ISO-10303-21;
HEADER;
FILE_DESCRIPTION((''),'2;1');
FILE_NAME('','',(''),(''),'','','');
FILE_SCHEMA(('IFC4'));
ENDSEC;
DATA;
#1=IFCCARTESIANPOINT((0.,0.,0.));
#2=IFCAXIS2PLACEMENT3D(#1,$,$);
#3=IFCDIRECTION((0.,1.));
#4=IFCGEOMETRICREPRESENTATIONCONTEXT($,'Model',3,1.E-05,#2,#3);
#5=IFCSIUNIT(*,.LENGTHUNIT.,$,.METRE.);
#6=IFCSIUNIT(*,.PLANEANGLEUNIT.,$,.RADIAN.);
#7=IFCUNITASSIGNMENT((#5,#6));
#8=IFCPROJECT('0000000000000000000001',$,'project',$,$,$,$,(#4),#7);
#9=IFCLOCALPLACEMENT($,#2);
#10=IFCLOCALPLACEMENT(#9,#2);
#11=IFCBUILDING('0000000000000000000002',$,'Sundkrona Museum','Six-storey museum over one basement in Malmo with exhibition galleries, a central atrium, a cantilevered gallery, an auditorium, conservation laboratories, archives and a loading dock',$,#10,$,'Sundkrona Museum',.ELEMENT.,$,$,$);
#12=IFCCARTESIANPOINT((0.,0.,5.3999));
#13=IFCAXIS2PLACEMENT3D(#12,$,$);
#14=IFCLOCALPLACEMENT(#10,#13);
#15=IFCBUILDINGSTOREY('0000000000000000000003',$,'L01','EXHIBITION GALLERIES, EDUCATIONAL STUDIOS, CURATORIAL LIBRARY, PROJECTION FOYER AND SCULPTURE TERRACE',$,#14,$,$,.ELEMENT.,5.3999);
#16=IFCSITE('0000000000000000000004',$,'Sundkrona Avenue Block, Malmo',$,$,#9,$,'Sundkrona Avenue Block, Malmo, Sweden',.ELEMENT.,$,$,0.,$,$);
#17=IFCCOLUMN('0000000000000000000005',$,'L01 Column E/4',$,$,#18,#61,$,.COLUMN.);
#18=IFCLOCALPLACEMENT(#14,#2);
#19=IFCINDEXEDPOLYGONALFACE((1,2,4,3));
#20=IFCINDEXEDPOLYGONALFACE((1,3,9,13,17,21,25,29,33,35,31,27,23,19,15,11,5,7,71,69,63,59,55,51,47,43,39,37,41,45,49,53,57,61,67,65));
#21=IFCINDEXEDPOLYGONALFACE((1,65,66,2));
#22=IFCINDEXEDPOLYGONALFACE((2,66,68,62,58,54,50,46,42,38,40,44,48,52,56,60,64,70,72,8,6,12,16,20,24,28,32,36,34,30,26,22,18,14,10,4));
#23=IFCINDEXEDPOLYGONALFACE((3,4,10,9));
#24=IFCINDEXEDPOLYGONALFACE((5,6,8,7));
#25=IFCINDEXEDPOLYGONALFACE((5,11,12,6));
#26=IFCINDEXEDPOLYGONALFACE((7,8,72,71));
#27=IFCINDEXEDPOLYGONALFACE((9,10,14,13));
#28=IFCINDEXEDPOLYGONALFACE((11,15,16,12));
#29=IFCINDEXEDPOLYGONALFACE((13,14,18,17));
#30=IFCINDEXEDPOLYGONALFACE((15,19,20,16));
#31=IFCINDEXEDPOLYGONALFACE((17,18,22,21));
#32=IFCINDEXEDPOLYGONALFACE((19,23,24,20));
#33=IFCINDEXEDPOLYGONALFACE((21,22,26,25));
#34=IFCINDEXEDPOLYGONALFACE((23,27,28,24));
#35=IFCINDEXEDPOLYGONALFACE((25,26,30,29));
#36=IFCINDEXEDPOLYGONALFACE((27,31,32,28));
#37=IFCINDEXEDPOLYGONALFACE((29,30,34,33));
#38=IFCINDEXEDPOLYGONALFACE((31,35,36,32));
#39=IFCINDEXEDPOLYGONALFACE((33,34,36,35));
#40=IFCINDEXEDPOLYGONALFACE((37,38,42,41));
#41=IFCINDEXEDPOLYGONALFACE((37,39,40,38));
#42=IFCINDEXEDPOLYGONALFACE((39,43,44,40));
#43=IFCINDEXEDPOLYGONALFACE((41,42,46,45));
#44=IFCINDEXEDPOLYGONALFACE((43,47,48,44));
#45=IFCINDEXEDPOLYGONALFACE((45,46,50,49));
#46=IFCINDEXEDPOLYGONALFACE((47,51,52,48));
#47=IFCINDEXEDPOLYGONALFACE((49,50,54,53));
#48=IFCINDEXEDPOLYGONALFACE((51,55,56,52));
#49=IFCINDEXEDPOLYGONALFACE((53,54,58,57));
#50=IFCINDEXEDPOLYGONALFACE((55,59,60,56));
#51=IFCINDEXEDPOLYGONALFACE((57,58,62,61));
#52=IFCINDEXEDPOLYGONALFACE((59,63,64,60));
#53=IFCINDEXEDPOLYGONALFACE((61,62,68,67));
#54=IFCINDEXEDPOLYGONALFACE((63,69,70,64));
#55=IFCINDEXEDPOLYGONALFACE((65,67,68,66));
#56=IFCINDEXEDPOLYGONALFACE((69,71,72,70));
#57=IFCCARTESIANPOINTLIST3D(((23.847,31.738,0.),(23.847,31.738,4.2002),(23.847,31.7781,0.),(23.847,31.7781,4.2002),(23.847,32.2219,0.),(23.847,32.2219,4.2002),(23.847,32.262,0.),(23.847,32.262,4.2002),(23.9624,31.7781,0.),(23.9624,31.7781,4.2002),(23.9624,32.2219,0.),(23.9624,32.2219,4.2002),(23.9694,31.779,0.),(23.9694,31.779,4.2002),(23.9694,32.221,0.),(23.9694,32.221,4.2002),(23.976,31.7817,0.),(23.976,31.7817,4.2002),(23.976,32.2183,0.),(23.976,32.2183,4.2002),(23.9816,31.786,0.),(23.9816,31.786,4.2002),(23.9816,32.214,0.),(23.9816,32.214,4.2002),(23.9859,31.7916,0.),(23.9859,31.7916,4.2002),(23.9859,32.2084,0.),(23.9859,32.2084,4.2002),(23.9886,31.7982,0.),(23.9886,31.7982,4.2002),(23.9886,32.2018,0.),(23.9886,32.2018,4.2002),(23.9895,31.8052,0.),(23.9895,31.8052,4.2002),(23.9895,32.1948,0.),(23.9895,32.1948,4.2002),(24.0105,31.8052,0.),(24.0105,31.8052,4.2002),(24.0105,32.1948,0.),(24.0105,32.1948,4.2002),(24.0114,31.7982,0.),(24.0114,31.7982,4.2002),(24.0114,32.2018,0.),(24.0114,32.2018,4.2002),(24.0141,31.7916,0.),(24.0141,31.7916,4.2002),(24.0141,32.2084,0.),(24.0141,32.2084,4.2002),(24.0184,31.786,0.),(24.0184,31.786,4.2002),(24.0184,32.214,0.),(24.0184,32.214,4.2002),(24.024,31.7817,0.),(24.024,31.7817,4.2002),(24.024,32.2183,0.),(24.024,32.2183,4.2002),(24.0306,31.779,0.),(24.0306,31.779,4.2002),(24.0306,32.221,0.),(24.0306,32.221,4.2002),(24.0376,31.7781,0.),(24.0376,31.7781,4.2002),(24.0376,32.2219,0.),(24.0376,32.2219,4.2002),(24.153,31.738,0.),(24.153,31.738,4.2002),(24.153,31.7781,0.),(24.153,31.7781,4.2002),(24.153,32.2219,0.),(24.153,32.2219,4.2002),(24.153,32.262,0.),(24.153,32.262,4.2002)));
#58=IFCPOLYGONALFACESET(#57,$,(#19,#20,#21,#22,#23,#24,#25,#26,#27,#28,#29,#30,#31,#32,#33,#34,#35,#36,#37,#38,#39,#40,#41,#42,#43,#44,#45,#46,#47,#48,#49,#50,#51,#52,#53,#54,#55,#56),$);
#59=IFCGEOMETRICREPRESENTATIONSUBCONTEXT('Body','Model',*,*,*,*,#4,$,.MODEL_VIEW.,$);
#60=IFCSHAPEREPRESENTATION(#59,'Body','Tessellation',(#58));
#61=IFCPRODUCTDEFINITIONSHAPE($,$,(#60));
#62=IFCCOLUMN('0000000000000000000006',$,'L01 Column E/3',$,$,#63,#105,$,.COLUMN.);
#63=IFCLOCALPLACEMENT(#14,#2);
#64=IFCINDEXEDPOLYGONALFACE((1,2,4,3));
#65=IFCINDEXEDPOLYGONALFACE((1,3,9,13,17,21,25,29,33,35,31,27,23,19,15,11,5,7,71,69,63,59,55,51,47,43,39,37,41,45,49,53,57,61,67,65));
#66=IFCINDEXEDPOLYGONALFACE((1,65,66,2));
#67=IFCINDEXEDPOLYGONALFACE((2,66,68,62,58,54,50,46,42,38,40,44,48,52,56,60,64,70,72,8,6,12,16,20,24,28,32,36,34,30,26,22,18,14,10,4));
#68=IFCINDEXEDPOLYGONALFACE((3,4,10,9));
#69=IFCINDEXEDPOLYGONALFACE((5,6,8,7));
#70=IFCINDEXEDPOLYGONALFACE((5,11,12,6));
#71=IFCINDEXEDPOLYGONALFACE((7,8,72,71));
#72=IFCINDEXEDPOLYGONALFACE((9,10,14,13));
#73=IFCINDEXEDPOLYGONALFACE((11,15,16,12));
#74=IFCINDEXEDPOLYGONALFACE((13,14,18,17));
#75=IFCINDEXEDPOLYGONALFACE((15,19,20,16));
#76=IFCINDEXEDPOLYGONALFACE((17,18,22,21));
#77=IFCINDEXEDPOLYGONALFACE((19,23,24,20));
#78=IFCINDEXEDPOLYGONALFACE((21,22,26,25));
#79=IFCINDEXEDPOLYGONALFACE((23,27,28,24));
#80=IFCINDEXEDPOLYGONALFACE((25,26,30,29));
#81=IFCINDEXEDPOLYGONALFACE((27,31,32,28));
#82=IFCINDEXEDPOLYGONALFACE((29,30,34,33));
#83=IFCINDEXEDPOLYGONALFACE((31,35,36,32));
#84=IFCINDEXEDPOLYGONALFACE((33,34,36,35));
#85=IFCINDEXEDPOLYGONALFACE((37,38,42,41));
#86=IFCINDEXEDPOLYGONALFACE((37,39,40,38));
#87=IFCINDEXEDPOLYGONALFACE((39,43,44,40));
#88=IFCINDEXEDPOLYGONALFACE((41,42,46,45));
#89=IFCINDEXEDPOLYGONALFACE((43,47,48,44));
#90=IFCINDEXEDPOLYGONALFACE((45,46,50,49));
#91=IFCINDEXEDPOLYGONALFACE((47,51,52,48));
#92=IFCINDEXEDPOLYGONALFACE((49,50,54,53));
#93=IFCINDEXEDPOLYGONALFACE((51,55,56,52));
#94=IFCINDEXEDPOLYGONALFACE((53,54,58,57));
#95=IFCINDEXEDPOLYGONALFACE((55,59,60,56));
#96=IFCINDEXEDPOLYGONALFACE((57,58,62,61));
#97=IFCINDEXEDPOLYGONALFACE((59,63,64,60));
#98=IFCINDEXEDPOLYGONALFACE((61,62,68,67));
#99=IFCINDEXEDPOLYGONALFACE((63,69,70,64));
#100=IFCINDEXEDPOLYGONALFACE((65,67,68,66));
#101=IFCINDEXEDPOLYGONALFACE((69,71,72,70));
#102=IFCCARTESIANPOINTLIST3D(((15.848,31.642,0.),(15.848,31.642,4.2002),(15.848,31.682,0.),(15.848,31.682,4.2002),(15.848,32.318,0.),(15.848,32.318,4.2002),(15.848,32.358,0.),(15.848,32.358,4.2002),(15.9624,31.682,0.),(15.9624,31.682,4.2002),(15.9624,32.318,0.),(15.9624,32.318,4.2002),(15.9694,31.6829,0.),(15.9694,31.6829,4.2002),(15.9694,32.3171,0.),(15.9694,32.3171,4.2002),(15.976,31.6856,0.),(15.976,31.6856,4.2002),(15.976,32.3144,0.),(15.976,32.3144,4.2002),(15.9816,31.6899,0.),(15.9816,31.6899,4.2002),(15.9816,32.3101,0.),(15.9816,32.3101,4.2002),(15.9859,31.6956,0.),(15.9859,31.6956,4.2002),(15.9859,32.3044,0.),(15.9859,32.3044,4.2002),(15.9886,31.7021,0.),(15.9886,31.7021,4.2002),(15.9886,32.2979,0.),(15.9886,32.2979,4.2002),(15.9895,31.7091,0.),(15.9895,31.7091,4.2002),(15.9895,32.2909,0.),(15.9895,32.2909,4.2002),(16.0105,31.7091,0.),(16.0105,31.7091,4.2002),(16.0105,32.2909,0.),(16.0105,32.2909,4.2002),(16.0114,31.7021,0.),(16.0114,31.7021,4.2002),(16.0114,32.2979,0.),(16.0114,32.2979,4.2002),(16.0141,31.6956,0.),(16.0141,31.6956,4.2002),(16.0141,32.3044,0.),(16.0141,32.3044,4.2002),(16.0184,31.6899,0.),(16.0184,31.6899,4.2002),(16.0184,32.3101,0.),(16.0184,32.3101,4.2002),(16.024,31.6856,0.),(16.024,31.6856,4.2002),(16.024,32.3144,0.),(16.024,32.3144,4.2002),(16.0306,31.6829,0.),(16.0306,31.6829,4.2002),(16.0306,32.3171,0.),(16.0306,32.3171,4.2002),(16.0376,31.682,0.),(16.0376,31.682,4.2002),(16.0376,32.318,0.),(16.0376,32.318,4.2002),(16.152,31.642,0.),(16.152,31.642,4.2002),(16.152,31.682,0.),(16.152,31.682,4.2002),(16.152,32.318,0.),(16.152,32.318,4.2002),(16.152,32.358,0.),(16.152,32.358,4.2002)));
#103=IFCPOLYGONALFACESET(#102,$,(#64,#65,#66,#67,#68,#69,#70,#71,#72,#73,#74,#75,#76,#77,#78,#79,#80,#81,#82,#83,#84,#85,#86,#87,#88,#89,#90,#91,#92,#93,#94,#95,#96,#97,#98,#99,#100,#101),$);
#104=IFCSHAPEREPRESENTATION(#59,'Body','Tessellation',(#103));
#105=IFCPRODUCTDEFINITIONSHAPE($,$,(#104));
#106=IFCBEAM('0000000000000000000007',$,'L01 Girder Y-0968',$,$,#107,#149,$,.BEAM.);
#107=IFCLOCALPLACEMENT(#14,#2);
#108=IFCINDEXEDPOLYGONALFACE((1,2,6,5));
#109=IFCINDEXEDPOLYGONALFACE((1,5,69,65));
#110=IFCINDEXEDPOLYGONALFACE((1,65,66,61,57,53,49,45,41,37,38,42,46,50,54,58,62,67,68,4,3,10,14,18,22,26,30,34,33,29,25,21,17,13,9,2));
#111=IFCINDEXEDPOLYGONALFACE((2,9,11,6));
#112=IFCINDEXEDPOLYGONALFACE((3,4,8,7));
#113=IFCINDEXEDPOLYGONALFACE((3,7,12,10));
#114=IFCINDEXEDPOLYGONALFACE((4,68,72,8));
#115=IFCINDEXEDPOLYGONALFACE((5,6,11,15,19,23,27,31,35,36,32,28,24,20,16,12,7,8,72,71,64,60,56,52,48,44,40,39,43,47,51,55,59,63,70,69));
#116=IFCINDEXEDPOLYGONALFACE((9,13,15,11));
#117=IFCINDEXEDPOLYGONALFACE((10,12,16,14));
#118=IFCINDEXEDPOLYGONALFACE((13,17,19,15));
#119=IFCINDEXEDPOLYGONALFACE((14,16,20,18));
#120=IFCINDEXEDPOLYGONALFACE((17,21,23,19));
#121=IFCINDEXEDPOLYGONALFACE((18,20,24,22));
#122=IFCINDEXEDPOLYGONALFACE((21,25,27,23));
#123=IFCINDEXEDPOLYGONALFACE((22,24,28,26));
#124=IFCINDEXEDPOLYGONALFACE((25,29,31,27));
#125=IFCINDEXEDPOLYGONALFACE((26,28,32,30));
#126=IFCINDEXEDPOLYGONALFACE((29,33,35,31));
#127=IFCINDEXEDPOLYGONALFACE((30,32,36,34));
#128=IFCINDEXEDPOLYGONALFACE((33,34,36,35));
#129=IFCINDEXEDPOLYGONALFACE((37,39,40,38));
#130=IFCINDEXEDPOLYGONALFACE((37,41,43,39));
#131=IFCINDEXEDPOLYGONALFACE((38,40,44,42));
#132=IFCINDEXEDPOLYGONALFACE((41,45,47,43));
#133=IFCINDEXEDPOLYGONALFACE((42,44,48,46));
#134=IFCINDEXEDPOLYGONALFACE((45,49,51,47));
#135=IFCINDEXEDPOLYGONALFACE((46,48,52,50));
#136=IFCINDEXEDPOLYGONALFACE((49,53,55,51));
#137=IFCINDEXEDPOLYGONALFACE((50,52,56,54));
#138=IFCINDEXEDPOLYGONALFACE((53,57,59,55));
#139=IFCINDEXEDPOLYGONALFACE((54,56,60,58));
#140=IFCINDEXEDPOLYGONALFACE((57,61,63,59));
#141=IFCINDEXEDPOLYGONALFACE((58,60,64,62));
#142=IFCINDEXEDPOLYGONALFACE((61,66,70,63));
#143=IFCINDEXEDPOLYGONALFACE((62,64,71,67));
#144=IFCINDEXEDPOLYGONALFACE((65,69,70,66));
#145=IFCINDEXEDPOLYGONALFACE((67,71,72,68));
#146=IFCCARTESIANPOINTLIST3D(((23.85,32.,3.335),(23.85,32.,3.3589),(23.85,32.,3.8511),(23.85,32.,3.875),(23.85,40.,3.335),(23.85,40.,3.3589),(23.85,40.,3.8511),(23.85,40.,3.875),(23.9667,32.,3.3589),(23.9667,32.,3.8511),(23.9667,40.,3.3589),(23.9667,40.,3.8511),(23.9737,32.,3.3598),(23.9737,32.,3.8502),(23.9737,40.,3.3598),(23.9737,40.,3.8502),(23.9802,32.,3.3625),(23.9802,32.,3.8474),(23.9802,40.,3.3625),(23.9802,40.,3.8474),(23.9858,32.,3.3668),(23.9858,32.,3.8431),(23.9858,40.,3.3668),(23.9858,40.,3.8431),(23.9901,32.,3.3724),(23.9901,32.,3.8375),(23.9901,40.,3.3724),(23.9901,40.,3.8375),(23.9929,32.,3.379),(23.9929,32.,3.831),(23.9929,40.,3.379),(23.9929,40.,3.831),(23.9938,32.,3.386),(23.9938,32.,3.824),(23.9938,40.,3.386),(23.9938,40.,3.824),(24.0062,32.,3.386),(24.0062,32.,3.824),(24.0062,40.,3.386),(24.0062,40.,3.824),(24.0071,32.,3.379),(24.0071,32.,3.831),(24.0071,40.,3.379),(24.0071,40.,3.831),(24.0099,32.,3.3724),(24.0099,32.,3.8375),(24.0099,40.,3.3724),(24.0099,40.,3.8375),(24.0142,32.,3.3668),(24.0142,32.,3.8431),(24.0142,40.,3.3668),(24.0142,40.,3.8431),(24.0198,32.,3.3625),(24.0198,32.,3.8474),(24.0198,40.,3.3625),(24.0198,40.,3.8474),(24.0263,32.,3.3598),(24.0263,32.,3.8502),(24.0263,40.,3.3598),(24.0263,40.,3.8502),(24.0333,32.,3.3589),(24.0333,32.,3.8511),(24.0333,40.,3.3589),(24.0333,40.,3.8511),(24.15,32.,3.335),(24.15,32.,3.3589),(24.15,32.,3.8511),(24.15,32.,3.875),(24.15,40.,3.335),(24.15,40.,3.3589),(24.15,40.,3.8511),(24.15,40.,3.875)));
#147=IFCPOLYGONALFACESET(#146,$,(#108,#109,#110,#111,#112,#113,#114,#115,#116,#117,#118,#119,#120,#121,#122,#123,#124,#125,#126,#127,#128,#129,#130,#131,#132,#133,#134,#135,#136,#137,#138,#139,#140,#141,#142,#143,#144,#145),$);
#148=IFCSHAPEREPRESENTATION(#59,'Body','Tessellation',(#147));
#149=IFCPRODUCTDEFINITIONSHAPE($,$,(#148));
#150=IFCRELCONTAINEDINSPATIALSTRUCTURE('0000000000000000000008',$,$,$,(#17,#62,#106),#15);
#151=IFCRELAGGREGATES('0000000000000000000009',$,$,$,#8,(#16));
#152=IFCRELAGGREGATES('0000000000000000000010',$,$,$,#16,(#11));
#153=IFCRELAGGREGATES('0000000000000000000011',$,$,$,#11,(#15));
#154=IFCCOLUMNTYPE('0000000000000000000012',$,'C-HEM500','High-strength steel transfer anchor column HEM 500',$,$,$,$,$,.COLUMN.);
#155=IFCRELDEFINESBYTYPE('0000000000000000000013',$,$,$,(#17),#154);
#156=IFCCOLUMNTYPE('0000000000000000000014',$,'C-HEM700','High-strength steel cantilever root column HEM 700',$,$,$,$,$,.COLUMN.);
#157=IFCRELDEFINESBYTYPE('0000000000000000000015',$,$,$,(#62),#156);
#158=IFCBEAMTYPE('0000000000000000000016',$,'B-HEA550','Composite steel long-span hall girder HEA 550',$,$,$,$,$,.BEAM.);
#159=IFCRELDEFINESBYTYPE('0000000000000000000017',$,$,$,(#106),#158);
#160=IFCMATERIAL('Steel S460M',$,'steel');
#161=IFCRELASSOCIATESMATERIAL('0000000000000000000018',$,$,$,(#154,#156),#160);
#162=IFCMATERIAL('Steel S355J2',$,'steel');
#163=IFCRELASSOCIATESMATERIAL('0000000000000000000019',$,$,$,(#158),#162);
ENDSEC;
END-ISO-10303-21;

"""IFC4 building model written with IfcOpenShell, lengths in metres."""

from ifc_helpers import new_model, si_unit, direction, frame, origin, origin_2d, place, context, subcontext, project, spatial, i_section, extrude, material, material_profile, profile_set, type_object, element, save


model = new_model("IFC4")

# Units and contexts
model_context = context("Model", 3, precision=1e-05, world=origin(), true_north=direction((0.0, 1.0)))
body_context = subcontext(model_context, "Body", "Model", "MODEL_VIEW")
ifc_project = project(units=[si_unit("LENGTHUNIT", "METRE"), si_unit("PLANEANGLEUNIT", "RADIAN")], contexts=[model_context])

# Site, building, storey
site_placement = place(None, origin())
site = spatial("IfcSite", under=ifc_project, at=site_placement, Name="Sundkrona Avenue Block, Malmo", LongName="Sundkrona Avenue Block, Malmo, Sweden", CompositionType="ELEMENT", RefElevation=0.0)
building_placement = place(site_placement, origin())
building = spatial("IfcBuilding", under=site, at=building_placement, Name="Sundkrona Museum", Description="Six-storey museum over one basement in Malmo with exhibition galleries, a central atrium, a cantilevered gallery, an auditorium, conservation laboratories, archives and a loading dock", LongName="Sundkrona Museum", CompositionType="ELEMENT")
storey_placement = place(building_placement, frame((0.0, 0.0, 5.3999)))
storey = spatial("IfcBuildingStorey", under=building, at=storey_placement, Name="L01", Description="EXHIBITION GALLERIES, EDUCATIONAL STUDIOS, CURATORIAL LIBRARY, PROJECTION FOYER AND SCULPTURE TERRACE", CompositionType="ELEMENT", Elevation=5.3999)

# Columns
ifc_material_1 = material(Name="Steel S460M", Category="steel")
ifc_material_profile_1 = material_profile(ifc_material_1, i_section(OverallWidth=0.3059, OverallDepth=0.5239, WebThickness=0.021, FlangeThickness=0.04, FilletRadius=0.0271, at=origin_2d()), Name="HEM 500")
ifc_profile_set_1 = profile_set([ifc_material_profile_1], Name="Steel S460M")
column_type_1 = type_object("IfcColumnType", Name="C-HEM500", Description="High-strength steel transfer anchor column HEM 500", PredefinedType="COLUMN", material=ifc_profile_set_1)
column_1_placement = place(storey_placement, frame((24.0, 32.0, 0.0), z_axis=(0.0, 0.0, 1.0), x_axis=(1.0, 0.0, 0.0)))
element("IfcColumn", 1, at=column_1_placement, inside=storey, type_object=column_type_1, Name="L01 Column E/4", PredefinedType="COLUMN", context=body_context, shape_type="SweptSolid", body=[
    extrude(i_section(OverallWidth=0.3059, OverallDepth=0.5239, WebThickness=0.021, FlangeThickness=0.04, FilletRadius=0.0271, at=origin_2d()), origin(), (0.0, 0.0, 1.0), 4.2002),
])
ifc_material_profile_2 = material_profile(ifc_material_1, i_section(OverallWidth=0.304, OverallDepth=0.7161, WebThickness=0.021, FlangeThickness=0.04, FilletRadius=0.0271, at=origin_2d()), Name="HEM 700")
ifc_profile_set_2 = profile_set([ifc_material_profile_2], Name="Steel S460M")
column_type_2 = type_object("IfcColumnType", Name="C-HEM700", Description="High-strength steel cantilever root column HEM 700", PredefinedType="COLUMN", material=ifc_profile_set_2)
column_2_placement = place(storey_placement, frame((16.0, 32.0, 0.0), z_axis=(0.0, 0.0, 1.0), x_axis=(1.0, 0.0, 0.0)))
element("IfcColumn", 2, at=column_2_placement, inside=storey, type_object=column_type_2, Name="L01 Column E/3", PredefinedType="COLUMN", context=body_context, shape_type="SweptSolid", body=[
    extrude(i_section(OverallWidth=0.304, OverallDepth=0.7161, WebThickness=0.021, FlangeThickness=0.04, FilletRadius=0.0271, at=origin_2d()), origin(), (0.0, 0.0, 1.0), 4.2002),
])

# Beam
ifc_material_2 = material(Name="Steel S355J2", Category="steel")
ifc_material_profile_3 = material_profile(ifc_material_2, i_section(OverallWidth=0.3, OverallDepth=0.54, WebThickness=0.0125, FlangeThickness=0.0239, FilletRadius=0.0271, at=origin_2d()), Name="HEA 550")
ifc_profile_set_3 = profile_set([ifc_material_profile_3], Name="Steel S355J2")
beam_type_1 = type_object("IfcBeamType", Name="B-HEA550", Description="Composite steel long-span hall girder HEA 550", PredefinedType="BEAM", material=ifc_profile_set_3)
beam_1_placement = place(storey_placement, frame((24.0, 32.0, 3.605), z_axis=(0.0, 1.0, 0.0), x_axis=(-1.0, 0.0, 0.0)))
element("IfcBeam", 3, at=beam_1_placement, inside=storey, type_object=beam_type_1, Name="L01 Girder Y-0968", PredefinedType="BEAM", context=body_context, shape_type="SweptSolid", body=[
    extrude(i_section(OverallWidth=0.3, OverallDepth=0.54, WebThickness=0.0125, FlangeThickness=0.0239, FilletRadius=0.0271, at=origin_2d()), origin(), (0.0, 0.0, 1.0), 8.0),
])

save(model, "model.ifc")
